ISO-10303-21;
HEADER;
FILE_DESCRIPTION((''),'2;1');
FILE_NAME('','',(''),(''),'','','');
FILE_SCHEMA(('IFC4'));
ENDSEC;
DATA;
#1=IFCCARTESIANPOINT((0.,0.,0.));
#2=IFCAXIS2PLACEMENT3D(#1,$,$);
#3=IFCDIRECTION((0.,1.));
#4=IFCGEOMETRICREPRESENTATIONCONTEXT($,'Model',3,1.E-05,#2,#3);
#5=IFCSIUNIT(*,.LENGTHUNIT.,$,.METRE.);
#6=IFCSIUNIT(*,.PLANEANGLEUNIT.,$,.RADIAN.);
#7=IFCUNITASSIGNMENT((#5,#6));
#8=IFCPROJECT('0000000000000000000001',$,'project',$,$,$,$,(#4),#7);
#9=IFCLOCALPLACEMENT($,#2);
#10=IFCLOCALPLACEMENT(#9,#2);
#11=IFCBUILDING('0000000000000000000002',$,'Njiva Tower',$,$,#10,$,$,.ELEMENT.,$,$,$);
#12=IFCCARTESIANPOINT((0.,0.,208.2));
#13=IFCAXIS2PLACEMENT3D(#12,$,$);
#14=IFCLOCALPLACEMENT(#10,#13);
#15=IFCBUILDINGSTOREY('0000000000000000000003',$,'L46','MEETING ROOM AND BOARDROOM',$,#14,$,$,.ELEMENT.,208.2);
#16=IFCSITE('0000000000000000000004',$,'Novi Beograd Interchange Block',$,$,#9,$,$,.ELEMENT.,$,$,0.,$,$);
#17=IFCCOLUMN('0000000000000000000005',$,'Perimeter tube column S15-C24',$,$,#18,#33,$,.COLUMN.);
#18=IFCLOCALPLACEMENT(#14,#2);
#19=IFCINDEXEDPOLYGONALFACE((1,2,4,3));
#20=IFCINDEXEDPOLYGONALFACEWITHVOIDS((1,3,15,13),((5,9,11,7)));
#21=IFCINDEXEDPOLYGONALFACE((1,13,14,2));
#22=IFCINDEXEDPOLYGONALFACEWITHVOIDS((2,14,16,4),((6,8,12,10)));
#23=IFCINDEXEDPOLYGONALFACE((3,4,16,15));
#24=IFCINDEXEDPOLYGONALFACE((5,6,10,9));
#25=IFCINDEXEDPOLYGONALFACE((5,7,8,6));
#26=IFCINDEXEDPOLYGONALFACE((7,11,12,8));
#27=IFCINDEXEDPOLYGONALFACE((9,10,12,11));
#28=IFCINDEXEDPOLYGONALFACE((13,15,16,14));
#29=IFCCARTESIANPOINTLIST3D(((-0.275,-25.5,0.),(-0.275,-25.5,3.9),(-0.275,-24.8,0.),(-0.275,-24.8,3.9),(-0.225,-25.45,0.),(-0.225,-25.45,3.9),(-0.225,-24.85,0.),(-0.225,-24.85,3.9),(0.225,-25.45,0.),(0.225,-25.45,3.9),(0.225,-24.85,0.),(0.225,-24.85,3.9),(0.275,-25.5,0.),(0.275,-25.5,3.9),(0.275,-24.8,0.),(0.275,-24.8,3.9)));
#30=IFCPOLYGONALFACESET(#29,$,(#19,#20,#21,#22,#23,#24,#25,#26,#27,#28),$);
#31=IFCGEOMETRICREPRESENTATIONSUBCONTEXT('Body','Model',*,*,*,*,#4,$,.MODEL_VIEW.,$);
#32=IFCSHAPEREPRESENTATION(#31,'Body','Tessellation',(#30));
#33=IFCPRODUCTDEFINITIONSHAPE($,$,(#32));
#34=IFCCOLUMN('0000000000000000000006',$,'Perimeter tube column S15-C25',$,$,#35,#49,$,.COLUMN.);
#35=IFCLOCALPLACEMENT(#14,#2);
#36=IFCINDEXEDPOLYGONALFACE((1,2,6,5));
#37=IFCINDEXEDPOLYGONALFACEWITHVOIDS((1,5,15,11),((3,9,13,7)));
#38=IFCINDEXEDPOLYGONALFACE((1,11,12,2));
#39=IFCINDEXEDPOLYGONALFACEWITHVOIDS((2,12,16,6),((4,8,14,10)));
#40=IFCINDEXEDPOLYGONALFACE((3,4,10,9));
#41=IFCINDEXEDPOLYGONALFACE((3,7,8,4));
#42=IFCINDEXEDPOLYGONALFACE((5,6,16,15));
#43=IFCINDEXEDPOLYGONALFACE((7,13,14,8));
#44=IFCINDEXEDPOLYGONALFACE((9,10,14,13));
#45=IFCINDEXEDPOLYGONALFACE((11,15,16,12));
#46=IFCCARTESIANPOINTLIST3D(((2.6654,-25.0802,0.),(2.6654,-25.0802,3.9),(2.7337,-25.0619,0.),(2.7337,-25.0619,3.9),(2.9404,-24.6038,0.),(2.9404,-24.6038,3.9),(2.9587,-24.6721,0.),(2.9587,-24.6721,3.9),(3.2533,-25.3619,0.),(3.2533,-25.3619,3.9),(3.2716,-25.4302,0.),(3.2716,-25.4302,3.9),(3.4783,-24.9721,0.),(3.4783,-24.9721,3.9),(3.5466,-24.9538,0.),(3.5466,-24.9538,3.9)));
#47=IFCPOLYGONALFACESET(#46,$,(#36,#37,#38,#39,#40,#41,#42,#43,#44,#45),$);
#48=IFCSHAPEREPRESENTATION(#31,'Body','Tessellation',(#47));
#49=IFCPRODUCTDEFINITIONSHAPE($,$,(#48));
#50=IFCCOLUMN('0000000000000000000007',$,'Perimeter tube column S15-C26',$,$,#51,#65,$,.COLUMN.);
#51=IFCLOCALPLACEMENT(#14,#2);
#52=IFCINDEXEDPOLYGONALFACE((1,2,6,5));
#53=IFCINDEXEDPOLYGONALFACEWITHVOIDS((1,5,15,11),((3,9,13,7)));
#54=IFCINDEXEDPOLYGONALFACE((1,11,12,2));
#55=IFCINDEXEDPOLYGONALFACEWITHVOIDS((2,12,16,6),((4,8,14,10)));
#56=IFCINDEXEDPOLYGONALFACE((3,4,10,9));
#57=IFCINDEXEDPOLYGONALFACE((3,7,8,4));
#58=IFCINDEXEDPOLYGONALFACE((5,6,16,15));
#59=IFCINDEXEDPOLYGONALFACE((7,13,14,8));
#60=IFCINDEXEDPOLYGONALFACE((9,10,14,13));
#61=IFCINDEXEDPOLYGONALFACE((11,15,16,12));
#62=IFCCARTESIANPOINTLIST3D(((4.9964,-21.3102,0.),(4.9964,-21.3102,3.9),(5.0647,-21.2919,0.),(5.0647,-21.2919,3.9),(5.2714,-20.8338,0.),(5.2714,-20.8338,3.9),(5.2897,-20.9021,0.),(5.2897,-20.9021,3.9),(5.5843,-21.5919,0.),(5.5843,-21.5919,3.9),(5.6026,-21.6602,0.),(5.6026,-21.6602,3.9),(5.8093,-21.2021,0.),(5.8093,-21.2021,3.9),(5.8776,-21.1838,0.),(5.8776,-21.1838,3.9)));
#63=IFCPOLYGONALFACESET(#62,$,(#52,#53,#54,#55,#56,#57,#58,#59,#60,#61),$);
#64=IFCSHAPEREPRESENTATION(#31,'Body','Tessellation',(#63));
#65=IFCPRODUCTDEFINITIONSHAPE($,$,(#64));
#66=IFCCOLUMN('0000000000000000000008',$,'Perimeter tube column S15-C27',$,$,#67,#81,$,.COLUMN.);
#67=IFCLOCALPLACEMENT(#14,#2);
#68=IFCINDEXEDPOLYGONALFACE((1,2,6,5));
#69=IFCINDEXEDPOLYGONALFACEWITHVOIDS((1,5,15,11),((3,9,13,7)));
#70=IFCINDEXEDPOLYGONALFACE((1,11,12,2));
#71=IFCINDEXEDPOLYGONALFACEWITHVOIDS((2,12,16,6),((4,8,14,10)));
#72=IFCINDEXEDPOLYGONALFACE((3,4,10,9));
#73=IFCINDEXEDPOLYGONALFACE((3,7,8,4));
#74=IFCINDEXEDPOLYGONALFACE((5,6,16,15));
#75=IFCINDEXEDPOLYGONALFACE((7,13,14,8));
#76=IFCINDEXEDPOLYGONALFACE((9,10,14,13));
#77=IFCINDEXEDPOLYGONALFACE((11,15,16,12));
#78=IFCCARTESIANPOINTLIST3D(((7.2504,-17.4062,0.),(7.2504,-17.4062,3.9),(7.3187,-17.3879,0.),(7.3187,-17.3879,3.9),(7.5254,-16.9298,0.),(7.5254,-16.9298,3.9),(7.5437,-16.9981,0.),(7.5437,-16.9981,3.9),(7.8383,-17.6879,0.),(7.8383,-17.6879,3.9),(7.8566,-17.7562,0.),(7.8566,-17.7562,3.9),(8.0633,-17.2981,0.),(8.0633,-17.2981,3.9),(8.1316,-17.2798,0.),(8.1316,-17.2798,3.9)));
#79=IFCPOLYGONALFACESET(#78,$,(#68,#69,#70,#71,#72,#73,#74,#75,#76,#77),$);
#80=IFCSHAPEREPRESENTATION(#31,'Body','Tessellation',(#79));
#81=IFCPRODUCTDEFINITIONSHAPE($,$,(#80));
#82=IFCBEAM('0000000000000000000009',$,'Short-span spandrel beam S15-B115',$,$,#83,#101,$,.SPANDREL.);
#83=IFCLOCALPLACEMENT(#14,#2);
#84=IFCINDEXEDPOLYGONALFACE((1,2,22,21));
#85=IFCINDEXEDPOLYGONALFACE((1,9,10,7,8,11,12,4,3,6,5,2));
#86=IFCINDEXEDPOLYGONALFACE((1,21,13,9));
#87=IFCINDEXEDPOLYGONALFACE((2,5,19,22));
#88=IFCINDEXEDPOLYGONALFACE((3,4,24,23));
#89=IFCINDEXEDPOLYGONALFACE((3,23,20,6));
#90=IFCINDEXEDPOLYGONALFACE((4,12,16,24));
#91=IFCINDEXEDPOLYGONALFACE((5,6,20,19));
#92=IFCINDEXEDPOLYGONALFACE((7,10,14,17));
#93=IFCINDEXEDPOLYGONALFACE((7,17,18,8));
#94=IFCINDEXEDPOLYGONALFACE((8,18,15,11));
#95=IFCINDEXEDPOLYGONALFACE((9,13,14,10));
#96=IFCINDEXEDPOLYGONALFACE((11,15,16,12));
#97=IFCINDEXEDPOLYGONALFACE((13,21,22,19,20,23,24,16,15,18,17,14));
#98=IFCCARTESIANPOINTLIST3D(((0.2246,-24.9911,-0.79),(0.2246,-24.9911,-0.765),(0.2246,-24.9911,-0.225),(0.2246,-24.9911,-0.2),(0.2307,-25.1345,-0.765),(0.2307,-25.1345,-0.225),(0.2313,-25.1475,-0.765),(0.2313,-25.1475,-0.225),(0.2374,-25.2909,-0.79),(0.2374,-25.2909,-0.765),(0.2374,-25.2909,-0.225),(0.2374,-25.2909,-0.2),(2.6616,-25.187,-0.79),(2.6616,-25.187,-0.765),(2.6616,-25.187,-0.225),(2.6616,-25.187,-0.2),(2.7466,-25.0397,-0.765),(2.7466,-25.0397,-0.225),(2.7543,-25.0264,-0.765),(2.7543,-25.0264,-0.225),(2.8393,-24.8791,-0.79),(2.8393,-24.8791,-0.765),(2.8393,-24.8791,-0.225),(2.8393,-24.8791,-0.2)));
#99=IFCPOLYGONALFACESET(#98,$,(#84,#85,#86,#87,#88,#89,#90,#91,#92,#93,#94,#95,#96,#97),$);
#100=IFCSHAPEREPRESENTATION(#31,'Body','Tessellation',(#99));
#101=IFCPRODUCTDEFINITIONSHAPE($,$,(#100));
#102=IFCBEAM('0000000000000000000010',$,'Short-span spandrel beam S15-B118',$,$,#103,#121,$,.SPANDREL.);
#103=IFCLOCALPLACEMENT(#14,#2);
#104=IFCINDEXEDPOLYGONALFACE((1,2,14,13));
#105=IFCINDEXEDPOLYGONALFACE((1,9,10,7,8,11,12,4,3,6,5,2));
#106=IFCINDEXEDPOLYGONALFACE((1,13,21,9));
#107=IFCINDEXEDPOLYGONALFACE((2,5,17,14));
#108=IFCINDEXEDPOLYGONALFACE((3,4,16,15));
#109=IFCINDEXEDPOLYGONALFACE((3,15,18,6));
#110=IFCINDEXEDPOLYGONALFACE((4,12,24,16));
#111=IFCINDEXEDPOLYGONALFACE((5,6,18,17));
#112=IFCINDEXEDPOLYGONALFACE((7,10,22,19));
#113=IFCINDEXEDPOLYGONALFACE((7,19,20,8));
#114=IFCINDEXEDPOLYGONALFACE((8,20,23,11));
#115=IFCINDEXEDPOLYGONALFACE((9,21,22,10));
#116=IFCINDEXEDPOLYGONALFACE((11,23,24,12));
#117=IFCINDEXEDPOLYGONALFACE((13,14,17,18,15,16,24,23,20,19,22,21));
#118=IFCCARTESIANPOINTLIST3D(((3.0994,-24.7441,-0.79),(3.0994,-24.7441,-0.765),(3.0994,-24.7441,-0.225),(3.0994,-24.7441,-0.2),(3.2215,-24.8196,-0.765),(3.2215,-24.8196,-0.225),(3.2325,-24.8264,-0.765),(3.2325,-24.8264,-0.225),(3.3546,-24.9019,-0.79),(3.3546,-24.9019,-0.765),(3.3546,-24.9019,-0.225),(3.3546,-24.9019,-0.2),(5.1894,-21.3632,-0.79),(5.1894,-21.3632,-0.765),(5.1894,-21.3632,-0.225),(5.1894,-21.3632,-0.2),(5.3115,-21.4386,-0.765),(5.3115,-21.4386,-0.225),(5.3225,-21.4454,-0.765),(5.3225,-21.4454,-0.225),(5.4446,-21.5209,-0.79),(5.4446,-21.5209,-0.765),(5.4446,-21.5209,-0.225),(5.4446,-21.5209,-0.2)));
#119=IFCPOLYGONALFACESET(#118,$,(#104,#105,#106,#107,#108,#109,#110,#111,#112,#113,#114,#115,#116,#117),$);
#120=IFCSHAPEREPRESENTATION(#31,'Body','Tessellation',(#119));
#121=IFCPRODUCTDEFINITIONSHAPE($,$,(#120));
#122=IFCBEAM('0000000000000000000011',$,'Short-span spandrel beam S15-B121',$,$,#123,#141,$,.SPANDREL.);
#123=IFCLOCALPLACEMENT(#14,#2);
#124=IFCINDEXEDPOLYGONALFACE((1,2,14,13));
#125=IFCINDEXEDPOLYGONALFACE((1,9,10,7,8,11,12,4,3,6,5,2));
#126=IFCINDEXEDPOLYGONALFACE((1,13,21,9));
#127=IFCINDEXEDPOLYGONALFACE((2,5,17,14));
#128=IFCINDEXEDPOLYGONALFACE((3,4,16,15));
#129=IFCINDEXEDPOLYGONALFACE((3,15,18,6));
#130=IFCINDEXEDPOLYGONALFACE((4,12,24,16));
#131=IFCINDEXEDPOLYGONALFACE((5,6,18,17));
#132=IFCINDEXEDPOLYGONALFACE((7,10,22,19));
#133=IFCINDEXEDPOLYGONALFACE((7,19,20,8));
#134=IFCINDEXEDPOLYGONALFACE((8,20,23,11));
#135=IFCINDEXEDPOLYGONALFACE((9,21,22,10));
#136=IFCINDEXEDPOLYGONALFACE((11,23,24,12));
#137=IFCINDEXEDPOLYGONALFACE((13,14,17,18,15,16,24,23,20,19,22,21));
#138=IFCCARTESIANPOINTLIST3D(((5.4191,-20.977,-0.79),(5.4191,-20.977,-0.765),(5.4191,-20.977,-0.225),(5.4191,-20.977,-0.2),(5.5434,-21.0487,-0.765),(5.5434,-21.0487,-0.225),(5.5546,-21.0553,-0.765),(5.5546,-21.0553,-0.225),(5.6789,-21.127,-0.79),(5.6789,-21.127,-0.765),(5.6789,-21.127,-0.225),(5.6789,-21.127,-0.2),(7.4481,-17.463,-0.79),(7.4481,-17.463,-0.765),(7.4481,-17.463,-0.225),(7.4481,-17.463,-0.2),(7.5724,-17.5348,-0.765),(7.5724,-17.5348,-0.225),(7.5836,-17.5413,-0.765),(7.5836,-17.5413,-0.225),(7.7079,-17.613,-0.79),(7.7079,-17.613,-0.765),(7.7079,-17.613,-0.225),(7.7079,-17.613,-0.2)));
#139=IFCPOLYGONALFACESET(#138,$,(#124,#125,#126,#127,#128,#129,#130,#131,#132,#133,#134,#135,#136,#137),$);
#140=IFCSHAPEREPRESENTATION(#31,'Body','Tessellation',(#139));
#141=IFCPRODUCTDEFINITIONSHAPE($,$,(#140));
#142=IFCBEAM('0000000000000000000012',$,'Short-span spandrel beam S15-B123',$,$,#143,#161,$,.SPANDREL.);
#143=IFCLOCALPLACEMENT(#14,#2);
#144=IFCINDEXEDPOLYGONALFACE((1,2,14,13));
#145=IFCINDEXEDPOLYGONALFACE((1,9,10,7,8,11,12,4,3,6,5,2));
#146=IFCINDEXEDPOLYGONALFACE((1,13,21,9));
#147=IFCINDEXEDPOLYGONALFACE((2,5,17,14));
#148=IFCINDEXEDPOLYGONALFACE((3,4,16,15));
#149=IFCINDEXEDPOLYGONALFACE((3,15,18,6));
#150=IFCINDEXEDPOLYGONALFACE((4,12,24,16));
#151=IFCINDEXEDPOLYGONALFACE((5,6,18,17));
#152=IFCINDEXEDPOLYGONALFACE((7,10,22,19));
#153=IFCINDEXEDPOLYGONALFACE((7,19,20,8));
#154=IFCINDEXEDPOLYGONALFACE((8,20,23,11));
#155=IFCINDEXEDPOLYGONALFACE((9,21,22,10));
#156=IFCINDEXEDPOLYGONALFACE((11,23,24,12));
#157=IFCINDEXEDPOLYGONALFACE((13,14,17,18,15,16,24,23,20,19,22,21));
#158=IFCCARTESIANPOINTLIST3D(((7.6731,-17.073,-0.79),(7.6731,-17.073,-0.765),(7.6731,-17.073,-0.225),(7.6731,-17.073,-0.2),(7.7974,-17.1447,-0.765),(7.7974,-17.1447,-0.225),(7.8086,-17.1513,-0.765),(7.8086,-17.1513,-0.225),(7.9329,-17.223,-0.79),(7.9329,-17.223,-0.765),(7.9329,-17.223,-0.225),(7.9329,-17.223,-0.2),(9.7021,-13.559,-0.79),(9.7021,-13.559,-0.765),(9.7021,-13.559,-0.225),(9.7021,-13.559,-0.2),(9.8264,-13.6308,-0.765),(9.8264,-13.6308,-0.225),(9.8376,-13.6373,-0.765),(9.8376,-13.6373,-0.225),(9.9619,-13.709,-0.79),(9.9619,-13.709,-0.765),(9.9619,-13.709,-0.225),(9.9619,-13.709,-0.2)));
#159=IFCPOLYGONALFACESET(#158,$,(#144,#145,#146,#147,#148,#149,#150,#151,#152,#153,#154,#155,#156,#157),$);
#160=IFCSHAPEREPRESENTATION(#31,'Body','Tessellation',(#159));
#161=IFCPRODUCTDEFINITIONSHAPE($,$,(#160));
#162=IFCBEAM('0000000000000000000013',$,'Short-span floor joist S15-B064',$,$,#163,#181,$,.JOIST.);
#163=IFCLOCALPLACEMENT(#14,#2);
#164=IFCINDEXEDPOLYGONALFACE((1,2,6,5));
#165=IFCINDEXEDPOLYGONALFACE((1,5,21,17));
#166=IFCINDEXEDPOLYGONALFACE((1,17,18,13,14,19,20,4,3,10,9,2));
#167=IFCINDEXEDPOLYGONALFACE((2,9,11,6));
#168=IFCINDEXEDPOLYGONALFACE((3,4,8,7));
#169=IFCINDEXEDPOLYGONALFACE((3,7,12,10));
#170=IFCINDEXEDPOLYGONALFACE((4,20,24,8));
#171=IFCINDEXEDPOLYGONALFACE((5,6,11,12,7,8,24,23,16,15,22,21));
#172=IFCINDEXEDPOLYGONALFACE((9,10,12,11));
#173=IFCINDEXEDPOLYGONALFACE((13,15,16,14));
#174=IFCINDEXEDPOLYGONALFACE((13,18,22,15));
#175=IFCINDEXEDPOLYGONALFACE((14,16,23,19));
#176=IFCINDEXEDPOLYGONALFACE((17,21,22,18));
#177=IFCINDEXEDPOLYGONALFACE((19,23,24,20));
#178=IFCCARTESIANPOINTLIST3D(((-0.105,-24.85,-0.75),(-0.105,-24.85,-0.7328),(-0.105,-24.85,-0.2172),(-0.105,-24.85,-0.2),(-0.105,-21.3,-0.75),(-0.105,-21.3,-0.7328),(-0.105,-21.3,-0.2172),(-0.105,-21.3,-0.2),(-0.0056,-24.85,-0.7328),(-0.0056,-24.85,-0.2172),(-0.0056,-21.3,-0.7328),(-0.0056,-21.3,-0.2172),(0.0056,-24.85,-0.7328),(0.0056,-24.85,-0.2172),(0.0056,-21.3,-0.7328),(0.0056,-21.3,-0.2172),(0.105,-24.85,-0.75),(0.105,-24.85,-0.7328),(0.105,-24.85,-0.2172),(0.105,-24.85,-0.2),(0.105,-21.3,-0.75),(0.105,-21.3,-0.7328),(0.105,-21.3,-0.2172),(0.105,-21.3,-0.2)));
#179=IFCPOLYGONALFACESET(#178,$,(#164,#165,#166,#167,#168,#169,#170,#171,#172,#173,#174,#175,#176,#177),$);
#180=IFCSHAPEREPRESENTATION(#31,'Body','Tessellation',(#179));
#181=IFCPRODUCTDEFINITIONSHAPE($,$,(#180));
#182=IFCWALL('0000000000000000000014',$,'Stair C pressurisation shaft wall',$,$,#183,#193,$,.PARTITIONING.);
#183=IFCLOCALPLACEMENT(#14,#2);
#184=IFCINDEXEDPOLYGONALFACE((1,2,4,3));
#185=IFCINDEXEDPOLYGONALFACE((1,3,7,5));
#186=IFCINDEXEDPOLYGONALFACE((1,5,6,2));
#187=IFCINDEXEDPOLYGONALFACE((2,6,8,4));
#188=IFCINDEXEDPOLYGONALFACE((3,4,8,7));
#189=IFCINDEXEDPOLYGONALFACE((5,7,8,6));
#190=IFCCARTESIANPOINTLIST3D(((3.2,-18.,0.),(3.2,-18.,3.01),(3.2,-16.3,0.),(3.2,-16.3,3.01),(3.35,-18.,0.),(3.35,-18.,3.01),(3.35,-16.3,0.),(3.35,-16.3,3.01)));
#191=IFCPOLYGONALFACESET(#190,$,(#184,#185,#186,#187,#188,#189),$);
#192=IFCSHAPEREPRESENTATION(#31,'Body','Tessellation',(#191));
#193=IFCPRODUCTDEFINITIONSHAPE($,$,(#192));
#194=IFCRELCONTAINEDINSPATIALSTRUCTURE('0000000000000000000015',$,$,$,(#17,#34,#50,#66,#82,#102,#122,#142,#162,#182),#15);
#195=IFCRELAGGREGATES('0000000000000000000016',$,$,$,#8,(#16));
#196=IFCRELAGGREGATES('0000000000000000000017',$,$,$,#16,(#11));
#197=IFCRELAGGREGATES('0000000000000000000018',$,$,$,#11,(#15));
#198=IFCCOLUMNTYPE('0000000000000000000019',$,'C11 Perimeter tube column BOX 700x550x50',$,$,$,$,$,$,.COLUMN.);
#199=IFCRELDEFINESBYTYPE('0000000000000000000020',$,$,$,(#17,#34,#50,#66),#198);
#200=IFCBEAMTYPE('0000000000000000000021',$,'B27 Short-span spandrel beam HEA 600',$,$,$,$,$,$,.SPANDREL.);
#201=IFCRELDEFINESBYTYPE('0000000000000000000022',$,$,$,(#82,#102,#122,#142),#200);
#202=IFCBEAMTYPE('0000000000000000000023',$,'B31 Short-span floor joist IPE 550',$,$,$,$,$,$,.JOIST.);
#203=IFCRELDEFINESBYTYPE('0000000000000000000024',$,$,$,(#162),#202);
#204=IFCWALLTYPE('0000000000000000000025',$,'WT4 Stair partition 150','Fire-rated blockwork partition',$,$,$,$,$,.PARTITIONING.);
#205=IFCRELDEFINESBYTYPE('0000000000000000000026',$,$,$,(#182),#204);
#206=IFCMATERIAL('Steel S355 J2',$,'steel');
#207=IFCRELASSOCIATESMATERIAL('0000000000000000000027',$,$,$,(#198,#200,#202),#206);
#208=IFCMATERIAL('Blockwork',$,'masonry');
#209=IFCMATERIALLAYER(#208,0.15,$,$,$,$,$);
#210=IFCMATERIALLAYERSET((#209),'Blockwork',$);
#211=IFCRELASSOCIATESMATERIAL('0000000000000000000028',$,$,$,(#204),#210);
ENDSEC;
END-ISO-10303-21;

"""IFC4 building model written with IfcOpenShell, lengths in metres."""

from ifc_helpers import new_model, si_unit, direction, frame, frame_2d, origin, origin_2d, place, context, subcontext, project, spatial, rectangle, hollow_rectangle, i_section, extrude, clip, halfspace, material, layer, layer_set, material_profile, profile_set, type_object, element, save


model = new_model("IFC4")

# Units and contexts
model_context = context("Model", 3, precision=1e-05, world=origin(), true_north=direction((0.0, 1.0)))
body_context = subcontext(model_context, "Body", "Model", "MODEL_VIEW")
ifc_project = project(units=[si_unit("LENGTHUNIT", "METRE"), si_unit("PLANEANGLEUNIT", "RADIAN")], contexts=[model_context])

# Site, building, storey
site_placement = place(None, origin())
site = spatial("IfcSite", under=ifc_project, at=site_placement, Name="Novi Beograd Interchange Block", CompositionType="ELEMENT", RefElevation=0.0)
building_placement = place(site_placement, origin())
building = spatial("IfcBuilding", under=site, at=building_placement, Name="Njiva Tower", CompositionType="ELEMENT")
storey_placement = place(building_placement, frame((0.0, 0.0, 208.2)))
storey = spatial("IfcBuildingStorey", under=building, at=storey_placement, Name="L46", Description="MEETING ROOM AND BOARDROOM", CompositionType="ELEMENT", Elevation=208.2)

# Columns
ifc_material_1 = material(Name="Steel S355 J2", Category="steel")
ifc_material_profile_1 = material_profile(ifc_material_1, hollow_rectangle(XDim=0.55, YDim=0.7, WallThickness=0.05, at=origin_2d()), Name="BOX 700x550x50")
ifc_profile_set_1 = profile_set([ifc_material_profile_1], Name="Steel S355 J2")
column_type = type_object("IfcColumnType", Name="C11 Perimeter tube column BOX 700x550x50", PredefinedType="COLUMN", material=ifc_profile_set_1)
for number, where, z_axis, x_axis, name in (
    (1, (0.0, -25.15, 0.0), (0.0, 0.0, 1.0), (1.0, 0.0, 0.0), "Perimeter tube column S15-C24"),
    (2, (3.106, -25.017, 0.0), (0.0, 0.0, 1.0), (0.5, 0.866025, 0.0), "Perimeter tube column S15-C25"),
    (3, (5.437, -21.247, 0.0), (0.0, 0.0, 1.0), (0.5, 0.866025, 0.0), "Perimeter tube column S15-C26"),
    (4, (7.691, -17.343, 0.0), (0.0, 0.0, 1.0), (0.5, 0.866025, 0.0), "Perimeter tube column S15-C27"),
):
    element("IfcColumn", number, at=place(storey_placement, frame(where, z_axis=z_axis, x_axis=x_axis)), inside=storey, type_object=column_type, Name=name, PredefinedType="COLUMN", context=body_context, shape_type="SweptSolid", body=[
        extrude(hollow_rectangle(XDim=0.55, YDim=0.7, WallThickness=0.05, at=origin_2d()), origin(), (0.0, 0.0, 1.0), 3.9),
    ])

# Beams
ifc_material_profile_2 = material_profile(ifc_material_1, i_section(OverallWidth=0.3, OverallDepth=0.59, WebThickness=0.013, FlangeThickness=0.025, at=origin_2d()), Name="HEA 600")
ifc_profile_set_2 = profile_set([ifc_material_profile_2], Name="Steel S355 J2")
beam_type_1 = type_object("IfcBeamType", Name="B27 Short-span spandrel beam HEA 600", PredefinedType="SPANDREL", material=ifc_profile_set_2)
beam_1_placement = place(storey_placement, frame((0.231, -25.141, -0.495), z_axis=(0.999083, 0.042818, 0.0), x_axis=(-0.042818, 0.999083, 0.0)))
element("IfcBeam", 5, at=beam_1_placement, inside=storey, type_object=beam_type_1, Name="Short-span spandrel beam S15-B115", PredefinedType="SPANDREL", context=body_context, shape_type="Clipping", body=[
    clip(extrude(i_section(OverallWidth=0.3, OverallDepth=0.59, WebThickness=0.013, FlangeThickness=0.025, at=origin_2d()), origin(), (0.0, 0.0, 1.0), 2.6373), halfspace(frame((-0.0265, 0.0, 2.5049), z_axis=(-0.536621, 0.0, 0.843823), x_axis=(0.0, 1.0, 0.0)), False)),
])
beam_2_placement = place(storey_placement, frame((3.227, -24.823, -0.495), z_axis=(0.525809, 0.850603, 0.0), x_axis=(-0.850603, 0.525809, 0.0)))
element("IfcBeam", 6, at=beam_2_placement, inside=storey, type_object=beam_type_1, Name="Short-span spandrel beam S15-B118", PredefinedType="SPANDREL", context=body_context, shape_type="SweptSolid", body=[
    extrude(i_section(OverallWidth=0.3, OverallDepth=0.59, WebThickness=0.013, FlangeThickness=0.025, at=origin_2d()), origin(), (0.0, 0.0, 1.0), 3.9748),
])
for number, where, z_axis, x_axis, name in (
    (7, (5.549, -21.052, -0.495), (0.500035, 0.866005, 0.0), (-0.866005, 0.500035, 0.0), "Short-span spandrel beam S15-B121"),
    (8, (7.803, -17.148, -0.495), (0.500035, 0.866005, 0.0), (-0.866005, 0.500035, 0.0), "Short-span spandrel beam S15-B123"),
):
    element("IfcBeam", number, at=place(storey_placement, frame(where, z_axis=z_axis, x_axis=x_axis)), inside=storey, type_object=beam_type_1, Name=name, PredefinedType="SPANDREL", context=body_context, shape_type="SweptSolid", body=[
        extrude(i_section(OverallWidth=0.3, OverallDepth=0.59, WebThickness=0.013, FlangeThickness=0.025, at=origin_2d()), origin(), (0.0, 0.0, 1.0), 4.0577),
    ])
ifc_material_profile_3 = material_profile(ifc_material_1, i_section(OverallWidth=0.21, OverallDepth=0.55, WebThickness=0.0111, FlangeThickness=0.0172, at=origin_2d()), Name="IPE 550")
ifc_profile_set_3 = profile_set([ifc_material_profile_3], Name="Steel S355 J2")
beam_type_2 = type_object("IfcBeamType", Name="B31 Short-span floor joist IPE 550", PredefinedType="JOIST", material=ifc_profile_set_3)
beam_3_placement = place(storey_placement, frame((0.0, -21.3, -0.475), z_axis=(0.0, -1.0, 0.0), x_axis=(1.0, 0.0, 0.0)))
element("IfcBeam", 9, at=beam_3_placement, inside=storey, type_object=beam_type_2, Name="Short-span floor joist S15-B064", PredefinedType="JOIST", context=body_context, shape_type="SweptSolid", body=[
    extrude(i_section(OverallWidth=0.21, OverallDepth=0.55, WebThickness=0.0111, FlangeThickness=0.0172, at=origin_2d()), origin(), (0.0, 0.0, 1.0), 3.55),
])

# Wall
ifc_material_2 = material(Name="Blockwork", Category="masonry")
ifc_layer_1 = layer(ifc_material_2, 0.15)
ifc_layer_set_1 = layer_set([ifc_layer_1], Name="Blockwork")
wall_type_1 = type_object("IfcWallType", Name="WT4 Stair partition 150", Description="Fire-rated blockwork partition", PredefinedType="PARTITIONING", material=ifc_layer_set_1)
wall_1_placement = place(storey_placement, frame((3.275, -18.0, 0.0), z_axis=(0.0, 0.0, 1.0), x_axis=(0.0, 1.0, 0.0)))
element("IfcWall", 10, at=wall_1_placement, inside=storey, type_object=wall_type_1, Name="Stair C pressurisation shaft wall", PredefinedType="PARTITIONING", context=body_context, shape_type="SweptSolid", body=[
    extrude(rectangle(XDim=1.7, YDim=0.15, at=frame_2d((0.85, 0.0))), origin(), (0.0, 0.0, 1.0), 3.01),
])

save(model, "model.ifc")
